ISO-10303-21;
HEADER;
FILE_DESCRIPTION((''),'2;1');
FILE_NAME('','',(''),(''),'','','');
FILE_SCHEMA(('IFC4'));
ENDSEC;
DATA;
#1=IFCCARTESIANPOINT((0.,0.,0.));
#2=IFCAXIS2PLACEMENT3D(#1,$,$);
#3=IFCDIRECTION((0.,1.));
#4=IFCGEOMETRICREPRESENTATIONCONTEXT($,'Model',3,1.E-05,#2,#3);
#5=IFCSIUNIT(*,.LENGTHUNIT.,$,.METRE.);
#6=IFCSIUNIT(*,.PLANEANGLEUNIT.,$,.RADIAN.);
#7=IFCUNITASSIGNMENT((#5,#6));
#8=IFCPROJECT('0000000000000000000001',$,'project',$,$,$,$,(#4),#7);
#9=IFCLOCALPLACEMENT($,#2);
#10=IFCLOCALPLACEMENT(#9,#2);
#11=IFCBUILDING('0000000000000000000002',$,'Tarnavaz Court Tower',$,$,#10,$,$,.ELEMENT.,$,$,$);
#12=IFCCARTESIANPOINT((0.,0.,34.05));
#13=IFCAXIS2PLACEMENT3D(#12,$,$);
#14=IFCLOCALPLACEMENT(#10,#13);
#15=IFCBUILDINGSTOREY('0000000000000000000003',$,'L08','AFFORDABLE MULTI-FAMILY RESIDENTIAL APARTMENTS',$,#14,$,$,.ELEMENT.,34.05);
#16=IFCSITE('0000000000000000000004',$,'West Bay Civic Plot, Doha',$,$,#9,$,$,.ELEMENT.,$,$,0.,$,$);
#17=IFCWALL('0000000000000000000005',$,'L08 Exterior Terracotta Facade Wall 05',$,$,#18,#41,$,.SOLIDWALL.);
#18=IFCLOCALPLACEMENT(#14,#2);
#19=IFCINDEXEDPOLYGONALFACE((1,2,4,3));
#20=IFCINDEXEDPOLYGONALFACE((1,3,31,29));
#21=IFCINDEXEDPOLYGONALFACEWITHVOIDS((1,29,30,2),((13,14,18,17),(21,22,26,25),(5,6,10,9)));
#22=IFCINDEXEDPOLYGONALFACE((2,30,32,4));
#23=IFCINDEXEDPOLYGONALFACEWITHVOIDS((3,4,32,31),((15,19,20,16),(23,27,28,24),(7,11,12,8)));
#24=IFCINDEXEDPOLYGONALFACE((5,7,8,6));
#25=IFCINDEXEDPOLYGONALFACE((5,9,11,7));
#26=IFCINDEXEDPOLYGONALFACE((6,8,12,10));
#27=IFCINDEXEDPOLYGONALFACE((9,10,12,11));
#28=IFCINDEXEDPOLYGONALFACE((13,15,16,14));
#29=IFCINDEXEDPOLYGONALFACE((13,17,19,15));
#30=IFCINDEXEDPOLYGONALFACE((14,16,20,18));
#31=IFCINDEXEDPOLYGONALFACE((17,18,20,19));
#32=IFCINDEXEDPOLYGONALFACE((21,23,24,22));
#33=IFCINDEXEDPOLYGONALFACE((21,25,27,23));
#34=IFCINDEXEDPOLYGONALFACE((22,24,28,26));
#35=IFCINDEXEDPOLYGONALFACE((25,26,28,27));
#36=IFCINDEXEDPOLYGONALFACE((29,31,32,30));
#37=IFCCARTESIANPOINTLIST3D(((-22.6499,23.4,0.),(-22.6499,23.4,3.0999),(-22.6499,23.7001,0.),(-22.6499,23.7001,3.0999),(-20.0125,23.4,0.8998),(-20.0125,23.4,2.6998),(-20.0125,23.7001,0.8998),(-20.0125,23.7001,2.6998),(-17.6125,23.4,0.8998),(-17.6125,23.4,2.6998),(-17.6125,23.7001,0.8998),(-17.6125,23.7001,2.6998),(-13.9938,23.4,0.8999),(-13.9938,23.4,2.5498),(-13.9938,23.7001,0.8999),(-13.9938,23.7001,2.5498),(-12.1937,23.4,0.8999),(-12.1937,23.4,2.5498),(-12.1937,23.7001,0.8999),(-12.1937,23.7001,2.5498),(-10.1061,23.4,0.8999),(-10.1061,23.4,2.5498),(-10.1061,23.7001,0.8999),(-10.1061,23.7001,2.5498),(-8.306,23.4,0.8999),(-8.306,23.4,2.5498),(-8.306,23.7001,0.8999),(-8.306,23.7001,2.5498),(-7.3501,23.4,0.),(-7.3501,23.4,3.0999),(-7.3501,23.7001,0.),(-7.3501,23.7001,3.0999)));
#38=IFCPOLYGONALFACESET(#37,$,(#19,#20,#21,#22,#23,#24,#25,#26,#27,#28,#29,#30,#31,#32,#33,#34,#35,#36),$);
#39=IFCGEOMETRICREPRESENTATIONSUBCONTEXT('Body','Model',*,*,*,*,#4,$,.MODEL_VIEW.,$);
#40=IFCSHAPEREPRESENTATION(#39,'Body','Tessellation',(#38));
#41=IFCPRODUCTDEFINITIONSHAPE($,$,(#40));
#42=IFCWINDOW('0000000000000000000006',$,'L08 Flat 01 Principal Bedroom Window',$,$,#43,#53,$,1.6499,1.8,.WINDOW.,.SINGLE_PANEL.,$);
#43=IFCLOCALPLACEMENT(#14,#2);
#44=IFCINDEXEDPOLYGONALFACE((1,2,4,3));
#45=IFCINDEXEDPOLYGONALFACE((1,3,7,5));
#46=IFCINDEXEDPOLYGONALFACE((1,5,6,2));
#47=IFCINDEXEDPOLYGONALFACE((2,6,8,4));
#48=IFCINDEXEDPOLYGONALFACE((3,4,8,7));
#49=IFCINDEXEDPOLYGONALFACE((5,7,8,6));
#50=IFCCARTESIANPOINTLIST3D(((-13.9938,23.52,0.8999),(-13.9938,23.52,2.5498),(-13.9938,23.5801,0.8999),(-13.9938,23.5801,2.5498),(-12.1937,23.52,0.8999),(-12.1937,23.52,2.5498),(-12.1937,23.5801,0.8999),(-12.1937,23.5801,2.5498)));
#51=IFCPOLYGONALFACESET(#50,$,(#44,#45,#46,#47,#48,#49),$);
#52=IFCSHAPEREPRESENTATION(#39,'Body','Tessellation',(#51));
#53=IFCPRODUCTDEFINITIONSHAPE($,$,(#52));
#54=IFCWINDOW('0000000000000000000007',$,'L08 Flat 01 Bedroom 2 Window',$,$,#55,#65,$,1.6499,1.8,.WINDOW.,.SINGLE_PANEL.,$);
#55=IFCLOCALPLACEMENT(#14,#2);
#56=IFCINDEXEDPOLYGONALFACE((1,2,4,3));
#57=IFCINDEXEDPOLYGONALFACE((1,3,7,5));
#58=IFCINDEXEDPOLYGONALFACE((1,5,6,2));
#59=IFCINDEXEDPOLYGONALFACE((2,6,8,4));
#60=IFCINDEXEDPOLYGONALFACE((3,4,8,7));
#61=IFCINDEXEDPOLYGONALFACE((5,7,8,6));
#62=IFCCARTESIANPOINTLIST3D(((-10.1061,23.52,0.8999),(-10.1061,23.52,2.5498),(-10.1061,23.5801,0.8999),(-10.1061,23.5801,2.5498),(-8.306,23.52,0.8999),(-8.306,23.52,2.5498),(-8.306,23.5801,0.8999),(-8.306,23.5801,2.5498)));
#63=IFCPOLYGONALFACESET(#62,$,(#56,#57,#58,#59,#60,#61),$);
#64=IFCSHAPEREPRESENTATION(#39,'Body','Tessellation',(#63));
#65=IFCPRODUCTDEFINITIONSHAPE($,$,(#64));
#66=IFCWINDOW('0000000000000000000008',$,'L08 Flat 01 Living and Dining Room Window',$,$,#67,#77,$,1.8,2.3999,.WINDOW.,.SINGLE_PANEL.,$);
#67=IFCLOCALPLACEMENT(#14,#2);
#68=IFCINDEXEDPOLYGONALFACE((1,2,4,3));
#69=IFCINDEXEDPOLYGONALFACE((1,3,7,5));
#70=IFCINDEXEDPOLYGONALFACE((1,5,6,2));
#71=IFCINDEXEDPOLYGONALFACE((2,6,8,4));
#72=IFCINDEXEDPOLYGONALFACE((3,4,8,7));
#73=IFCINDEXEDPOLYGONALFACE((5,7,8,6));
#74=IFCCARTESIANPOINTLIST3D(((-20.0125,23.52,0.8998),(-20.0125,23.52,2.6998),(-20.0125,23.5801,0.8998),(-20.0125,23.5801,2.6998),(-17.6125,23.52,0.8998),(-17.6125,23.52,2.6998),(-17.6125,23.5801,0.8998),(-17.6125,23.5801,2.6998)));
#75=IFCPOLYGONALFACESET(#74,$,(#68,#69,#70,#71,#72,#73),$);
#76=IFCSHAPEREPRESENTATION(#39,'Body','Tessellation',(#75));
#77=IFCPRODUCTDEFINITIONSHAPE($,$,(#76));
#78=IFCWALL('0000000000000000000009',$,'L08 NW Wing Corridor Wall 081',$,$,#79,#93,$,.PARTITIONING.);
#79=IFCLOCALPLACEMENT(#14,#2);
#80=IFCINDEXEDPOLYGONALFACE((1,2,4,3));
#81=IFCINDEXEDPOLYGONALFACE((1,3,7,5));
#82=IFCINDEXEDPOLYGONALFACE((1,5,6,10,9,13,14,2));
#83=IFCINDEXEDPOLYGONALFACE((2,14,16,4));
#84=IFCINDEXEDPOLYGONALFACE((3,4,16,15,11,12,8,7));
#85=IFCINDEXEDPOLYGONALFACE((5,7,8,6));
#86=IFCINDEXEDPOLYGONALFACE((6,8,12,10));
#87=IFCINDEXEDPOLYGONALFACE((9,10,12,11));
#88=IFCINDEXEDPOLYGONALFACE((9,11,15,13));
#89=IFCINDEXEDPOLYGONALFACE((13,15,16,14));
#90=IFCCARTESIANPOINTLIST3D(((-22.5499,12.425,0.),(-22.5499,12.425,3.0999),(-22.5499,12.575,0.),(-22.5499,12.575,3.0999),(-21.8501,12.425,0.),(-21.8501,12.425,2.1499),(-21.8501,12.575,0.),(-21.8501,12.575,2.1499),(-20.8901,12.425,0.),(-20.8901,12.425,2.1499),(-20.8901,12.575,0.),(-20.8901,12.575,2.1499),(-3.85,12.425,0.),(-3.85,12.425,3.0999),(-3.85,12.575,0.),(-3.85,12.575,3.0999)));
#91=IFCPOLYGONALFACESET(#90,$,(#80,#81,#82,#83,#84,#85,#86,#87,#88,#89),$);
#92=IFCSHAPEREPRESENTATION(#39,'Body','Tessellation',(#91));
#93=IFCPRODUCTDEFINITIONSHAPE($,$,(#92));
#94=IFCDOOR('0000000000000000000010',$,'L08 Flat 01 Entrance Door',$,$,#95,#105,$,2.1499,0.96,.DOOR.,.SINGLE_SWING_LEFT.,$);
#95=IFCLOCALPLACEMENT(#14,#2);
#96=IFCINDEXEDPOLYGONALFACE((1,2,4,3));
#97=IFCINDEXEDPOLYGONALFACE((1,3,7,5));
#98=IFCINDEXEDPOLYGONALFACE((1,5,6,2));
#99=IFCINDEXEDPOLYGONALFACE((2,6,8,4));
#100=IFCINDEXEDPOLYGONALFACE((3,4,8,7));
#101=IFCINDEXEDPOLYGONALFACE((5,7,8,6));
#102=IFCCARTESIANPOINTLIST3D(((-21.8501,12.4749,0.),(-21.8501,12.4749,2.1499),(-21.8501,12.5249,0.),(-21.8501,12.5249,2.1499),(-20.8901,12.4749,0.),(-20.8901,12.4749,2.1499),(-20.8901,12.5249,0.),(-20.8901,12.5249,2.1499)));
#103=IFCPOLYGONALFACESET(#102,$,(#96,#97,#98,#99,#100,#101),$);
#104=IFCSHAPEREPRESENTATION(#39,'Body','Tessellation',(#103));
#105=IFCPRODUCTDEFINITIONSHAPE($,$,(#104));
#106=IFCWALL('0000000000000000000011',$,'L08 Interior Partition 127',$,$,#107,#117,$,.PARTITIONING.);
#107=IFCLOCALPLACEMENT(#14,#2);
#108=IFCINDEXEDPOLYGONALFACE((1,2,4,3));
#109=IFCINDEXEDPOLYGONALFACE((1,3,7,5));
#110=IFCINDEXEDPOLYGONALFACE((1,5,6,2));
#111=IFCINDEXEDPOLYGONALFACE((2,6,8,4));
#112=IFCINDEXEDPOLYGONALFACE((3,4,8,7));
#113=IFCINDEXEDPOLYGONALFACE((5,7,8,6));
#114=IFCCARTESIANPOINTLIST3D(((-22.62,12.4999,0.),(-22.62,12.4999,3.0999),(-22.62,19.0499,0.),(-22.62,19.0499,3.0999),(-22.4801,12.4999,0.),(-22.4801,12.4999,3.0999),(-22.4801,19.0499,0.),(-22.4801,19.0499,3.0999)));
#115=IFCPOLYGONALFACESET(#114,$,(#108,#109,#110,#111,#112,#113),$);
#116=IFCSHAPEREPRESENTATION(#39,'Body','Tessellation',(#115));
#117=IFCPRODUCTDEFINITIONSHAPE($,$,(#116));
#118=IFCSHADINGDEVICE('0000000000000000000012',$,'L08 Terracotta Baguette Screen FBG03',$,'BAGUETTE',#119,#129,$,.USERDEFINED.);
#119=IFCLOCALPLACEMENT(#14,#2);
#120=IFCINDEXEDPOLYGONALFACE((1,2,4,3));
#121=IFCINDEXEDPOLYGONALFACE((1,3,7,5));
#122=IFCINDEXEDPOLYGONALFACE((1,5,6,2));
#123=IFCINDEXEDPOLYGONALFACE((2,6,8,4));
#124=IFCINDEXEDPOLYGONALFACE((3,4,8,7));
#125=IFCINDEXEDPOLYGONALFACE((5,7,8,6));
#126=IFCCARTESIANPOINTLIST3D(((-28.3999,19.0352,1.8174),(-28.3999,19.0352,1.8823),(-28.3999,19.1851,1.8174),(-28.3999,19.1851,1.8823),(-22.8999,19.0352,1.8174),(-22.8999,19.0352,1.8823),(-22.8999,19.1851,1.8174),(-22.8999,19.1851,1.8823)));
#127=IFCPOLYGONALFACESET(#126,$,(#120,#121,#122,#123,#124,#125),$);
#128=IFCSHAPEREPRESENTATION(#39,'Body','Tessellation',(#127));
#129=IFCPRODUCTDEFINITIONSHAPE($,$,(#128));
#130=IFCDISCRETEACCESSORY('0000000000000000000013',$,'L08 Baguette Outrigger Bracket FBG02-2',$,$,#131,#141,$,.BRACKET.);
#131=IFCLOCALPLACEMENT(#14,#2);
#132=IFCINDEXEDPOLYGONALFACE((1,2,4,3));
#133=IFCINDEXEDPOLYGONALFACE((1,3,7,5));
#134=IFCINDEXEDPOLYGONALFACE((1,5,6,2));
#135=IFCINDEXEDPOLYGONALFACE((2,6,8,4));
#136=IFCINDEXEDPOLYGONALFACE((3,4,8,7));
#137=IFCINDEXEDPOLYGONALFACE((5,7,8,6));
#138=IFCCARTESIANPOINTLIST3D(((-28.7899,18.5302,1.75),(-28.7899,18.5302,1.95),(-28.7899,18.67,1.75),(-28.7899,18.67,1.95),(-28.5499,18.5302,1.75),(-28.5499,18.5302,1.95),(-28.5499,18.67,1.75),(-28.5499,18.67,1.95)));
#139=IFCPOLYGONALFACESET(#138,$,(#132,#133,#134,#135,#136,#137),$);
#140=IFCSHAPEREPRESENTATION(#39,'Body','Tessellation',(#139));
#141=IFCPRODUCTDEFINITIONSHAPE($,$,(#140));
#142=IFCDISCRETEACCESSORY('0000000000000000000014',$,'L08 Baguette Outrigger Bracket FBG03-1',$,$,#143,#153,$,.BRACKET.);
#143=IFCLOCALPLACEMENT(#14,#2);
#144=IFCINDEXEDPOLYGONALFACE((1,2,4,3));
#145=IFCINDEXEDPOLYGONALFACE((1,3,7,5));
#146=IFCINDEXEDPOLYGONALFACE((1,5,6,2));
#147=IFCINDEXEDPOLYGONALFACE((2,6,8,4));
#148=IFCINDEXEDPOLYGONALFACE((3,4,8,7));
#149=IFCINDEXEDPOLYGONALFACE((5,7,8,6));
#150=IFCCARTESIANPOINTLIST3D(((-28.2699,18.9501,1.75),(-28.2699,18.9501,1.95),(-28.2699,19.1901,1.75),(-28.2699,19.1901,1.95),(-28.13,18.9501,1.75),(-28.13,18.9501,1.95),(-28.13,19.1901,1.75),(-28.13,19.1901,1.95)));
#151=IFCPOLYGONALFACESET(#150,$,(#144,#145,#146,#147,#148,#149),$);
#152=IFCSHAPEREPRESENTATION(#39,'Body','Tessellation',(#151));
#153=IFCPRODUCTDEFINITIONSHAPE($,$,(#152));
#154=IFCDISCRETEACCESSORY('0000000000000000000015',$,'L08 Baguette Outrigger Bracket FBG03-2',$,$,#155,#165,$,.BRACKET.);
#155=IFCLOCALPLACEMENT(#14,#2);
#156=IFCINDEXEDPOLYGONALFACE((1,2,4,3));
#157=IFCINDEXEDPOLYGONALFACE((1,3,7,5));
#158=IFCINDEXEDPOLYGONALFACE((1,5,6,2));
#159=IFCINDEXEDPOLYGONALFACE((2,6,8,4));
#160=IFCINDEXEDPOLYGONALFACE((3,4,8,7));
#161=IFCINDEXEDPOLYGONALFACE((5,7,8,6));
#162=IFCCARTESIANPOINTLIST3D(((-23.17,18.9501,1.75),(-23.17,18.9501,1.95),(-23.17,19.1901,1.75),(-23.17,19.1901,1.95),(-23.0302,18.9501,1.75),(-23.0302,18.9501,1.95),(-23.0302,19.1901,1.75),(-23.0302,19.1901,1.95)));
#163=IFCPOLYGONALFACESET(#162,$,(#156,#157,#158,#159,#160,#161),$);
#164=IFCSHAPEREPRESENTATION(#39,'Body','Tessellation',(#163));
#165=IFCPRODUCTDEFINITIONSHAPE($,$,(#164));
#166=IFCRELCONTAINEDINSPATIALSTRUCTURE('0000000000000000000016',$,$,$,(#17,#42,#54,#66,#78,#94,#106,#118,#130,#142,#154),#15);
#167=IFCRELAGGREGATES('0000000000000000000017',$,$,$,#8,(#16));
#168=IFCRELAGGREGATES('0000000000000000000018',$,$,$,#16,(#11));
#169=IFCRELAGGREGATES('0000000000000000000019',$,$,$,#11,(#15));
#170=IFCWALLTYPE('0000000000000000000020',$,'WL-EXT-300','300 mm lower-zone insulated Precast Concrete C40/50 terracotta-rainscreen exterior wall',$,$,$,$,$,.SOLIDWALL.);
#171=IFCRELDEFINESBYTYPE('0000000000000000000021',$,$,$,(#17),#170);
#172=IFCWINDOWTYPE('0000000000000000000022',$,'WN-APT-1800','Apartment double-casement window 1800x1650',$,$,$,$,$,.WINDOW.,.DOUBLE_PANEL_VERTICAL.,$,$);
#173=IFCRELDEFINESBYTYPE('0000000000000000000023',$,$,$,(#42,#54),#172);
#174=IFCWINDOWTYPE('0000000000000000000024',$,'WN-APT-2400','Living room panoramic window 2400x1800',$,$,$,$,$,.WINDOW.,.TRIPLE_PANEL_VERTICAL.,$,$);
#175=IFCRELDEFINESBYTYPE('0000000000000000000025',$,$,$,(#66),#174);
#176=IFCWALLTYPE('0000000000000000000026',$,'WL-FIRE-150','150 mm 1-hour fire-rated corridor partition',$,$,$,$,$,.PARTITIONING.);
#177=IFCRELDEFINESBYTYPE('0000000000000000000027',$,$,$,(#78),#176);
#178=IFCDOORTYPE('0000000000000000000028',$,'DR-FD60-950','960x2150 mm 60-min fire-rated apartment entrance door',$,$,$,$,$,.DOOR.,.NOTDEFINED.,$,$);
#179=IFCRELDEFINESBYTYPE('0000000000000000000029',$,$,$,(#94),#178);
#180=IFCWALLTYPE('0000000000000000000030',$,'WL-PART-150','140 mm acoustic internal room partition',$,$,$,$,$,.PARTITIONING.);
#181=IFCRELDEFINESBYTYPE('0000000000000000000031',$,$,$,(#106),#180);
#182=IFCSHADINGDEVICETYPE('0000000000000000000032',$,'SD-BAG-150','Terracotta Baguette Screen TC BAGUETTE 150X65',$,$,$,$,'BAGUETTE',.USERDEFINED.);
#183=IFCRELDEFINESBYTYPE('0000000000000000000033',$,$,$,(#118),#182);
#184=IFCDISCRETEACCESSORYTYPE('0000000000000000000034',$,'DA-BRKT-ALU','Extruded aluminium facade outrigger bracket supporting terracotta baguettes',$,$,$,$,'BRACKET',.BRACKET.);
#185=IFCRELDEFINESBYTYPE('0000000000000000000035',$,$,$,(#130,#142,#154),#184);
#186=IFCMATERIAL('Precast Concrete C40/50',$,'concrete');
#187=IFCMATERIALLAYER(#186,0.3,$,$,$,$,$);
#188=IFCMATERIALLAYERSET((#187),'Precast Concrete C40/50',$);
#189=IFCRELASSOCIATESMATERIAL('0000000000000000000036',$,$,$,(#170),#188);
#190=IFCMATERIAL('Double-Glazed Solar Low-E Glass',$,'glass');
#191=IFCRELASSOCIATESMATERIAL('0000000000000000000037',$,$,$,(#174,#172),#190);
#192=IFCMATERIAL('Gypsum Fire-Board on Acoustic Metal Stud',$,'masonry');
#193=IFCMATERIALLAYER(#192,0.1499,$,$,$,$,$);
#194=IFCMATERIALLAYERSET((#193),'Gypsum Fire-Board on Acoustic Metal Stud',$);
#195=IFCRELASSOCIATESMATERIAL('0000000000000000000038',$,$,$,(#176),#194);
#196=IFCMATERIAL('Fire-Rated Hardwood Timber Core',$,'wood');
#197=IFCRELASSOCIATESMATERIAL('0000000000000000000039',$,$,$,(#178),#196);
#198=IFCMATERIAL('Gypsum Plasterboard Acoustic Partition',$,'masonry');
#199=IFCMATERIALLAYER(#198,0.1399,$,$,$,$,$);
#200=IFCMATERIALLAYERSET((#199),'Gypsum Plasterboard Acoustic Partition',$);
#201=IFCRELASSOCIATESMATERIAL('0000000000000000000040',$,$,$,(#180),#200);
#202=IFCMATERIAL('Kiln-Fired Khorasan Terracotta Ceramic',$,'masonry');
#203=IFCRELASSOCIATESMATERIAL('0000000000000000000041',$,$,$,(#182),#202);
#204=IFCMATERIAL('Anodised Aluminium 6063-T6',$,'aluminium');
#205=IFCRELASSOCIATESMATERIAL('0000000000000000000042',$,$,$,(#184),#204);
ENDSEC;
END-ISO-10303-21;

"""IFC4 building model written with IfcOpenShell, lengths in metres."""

from ifc_helpers import new_model, si_unit, direction, frame, frame_2d, origin, origin_2d, place, context, subcontext, project, spatial, rectangle, extrude, material, layer, layer_set, material_profile, profile_set, type_object, element, fill, save


model = new_model("IFC4")

# Units and contexts
model_context = context("Model", 3, precision=1e-05, world=origin(), true_north=direction((0.0, 1.0)))
body_context = subcontext(model_context, "Body", "Model", "MODEL_VIEW")
ifc_project = project(units=[si_unit("LENGTHUNIT", "METRE"), si_unit("PLANEANGLEUNIT", "RADIAN")], contexts=[model_context])

# Site, building, storey
site_placement = place(None, origin())
site = spatial("IfcSite", under=ifc_project, at=site_placement, Name="West Bay Civic Plot, Doha", CompositionType="ELEMENT", RefElevation=0.0)
building_placement = place(site_placement, origin())
building = spatial("IfcBuilding", under=site, at=building_placement, Name="Tarnavaz Court Tower", CompositionType="ELEMENT")
storey_placement = place(building_placement, frame((0.0, 0.0, 34.05)))
storey = spatial("IfcBuildingStorey", under=building, at=storey_placement, Name="L08", Description="AFFORDABLE MULTI-FAMILY RESIDENTIAL APARTMENTS", CompositionType="ELEMENT", Elevation=34.05)

# Shared definitions
ifc_material_1 = material(Name="Precast Concrete C40/50", Category="concrete")
ifc_layer_1 = layer(ifc_material_1, 0.3)
ifc_layer_set_1 = layer_set([ifc_layer_1], Name="Precast Concrete C40/50")
wall_type_1 = type_object("IfcWallType", Name="WL-EXT-300", Description="300 mm lower-zone insulated Precast Concrete C40/50 terracotta-rainscreen exterior wall", PredefinedType="SOLIDWALL", material=ifc_layer_set_1)
ifc_material_2 = material(Name="Double-Glazed Solar Low-E Glass", Category="glass")
window_type_1 = type_object("IfcWindowType", Name="WN-APT-2400", Description="Living room panoramic window 2400x1800", PartitioningType="TRIPLE_PANEL_VERTICAL", PredefinedType="WINDOW", material=ifc_material_2)

# Wall, openings, windows
wall_1_placement = place(storey_placement, frame((-22.6499, 23.55, 0.0), z_axis=(0.0, 0.0, 1.0), x_axis=(1.0, 0.0, 0.0)))
wall_1 = element("IfcWall", 1, at=wall_1_placement, inside=storey, type_object=wall_type_1, Name="L08 Exterior Terracotta Facade Wall 05", PredefinedType="SOLIDWALL", context=body_context, shape_type="SweptSolid", body=[
    extrude(rectangle(XDim=15.2998, YDim=0.3, at=frame_2d((7.6499, 0.0))), origin(), (0.0, 0.0, 1.0), 3.0999),
])
opening_1_placement = place(wall_1_placement, frame((2.6375, 0.0, 0.8999)))
opening_1 = element("IfcOpeningElement", 2, at=opening_1_placement, cuts=wall_1, PredefinedType="OPENING", context=body_context, shape_type="SweptSolid", body=[
    extrude(rectangle(XDim=2.3999, YDim=1.8, at=frame_2d((1.2, 0.8999))), frame((0.0, 0.1599, 0.0), z_axis=(0.0, -1.0, 0.0), x_axis=(1.0, 0.0, 0.0)), (0.0, 0.0, 1.0), 0.3201),
])
opening_2_placement = place(wall_1_placement, frame((8.6562, 0.0, 0.8999)))
opening_2 = element("IfcOpeningElement", 3, at=opening_2_placement, cuts=wall_1, PredefinedType="OPENING", context=body_context, shape_type="SweptSolid", body=[
    extrude(rectangle(XDim=1.8, YDim=1.6499, at=frame_2d((0.8999, 0.825))), frame((0.0, 0.1599, 0.0), z_axis=(0.0, -1.0, 0.0), x_axis=(1.0, 0.0, 0.0)), (0.0, 0.0, 1.0), 0.3201),
])
opening_3_placement = place(wall_1_placement, frame((12.5439, 0.0, 0.8999)))
opening_3 = element("IfcOpeningElement", 4, at=opening_3_placement, cuts=wall_1, PredefinedType="OPENING", context=body_context, shape_type="SweptSolid", body=[
    extrude(rectangle(XDim=1.8, YDim=1.6499, at=frame_2d((0.8999, 0.825))), frame((0.0, 0.1599, 0.0), z_axis=(0.0, -1.0, 0.0), x_axis=(1.0, 0.0, 0.0)), (0.0, 0.0, 1.0), 0.3201),
])
window_type_2 = type_object("IfcWindowType", Name="WN-APT-1800", Description="Apartment double-casement window 1800x1650", PartitioningType="DOUBLE_PANEL_VERTICAL", PredefinedType="WINDOW", material=ifc_material_2)
window_1_placement = place(opening_2_placement, origin())
window_1 = element("IfcWindow", 5, at=window_1_placement, inside=storey, type_object=window_type_2, Name="L08 Flat 01 Principal Bedroom Window", OverallHeight=1.6499, OverallWidth=1.8, PartitioningType="SINGLE_PANEL", PredefinedType="WINDOW", context=body_context, shape_type="SweptSolid", body=[
    extrude(rectangle(XDim=1.8, YDim=1.6499, at=frame_2d((0.8999, 0.825))), frame((0.0, 0.03, 0.0), z_axis=(0.0, -1.0, 0.0), x_axis=(1.0, 0.0, 0.0)), (0.0, 0.0, 1.0), 0.0601),
])
fill(opening_2, window_1)
window_2_placement = place(opening_3_placement, origin())
window_2 = element("IfcWindow", 6, at=window_2_placement, inside=storey, type_object=window_type_2, Name="L08 Flat 01 Bedroom 2 Window", OverallHeight=1.6499, OverallWidth=1.8, PartitioningType="SINGLE_PANEL", PredefinedType="WINDOW", context=body_context, shape_type="SweptSolid", body=[
    extrude(rectangle(XDim=1.8, YDim=1.6499, at=frame_2d((0.8999, 0.825))), frame((0.0, 0.03, 0.0), z_axis=(0.0, -1.0, 0.0), x_axis=(1.0, 0.0, 0.0)), (0.0, 0.0, 1.0), 0.0601),
])
fill(opening_3, window_2)
window_3_placement = place(opening_1_placement, origin())
window_3 = element("IfcWindow", 7, at=window_3_placement, inside=storey, type_object=window_type_1, Name="L08 Flat 01 Living and Dining Room Window", OverallHeight=1.8, OverallWidth=2.3999, PartitioningType="SINGLE_PANEL", PredefinedType="WINDOW", context=body_context, shape_type="SweptSolid", body=[
    extrude(rectangle(XDim=2.3999, YDim=1.8, at=frame_2d((1.2, 0.8999))), frame((0.0, 0.03, 0.0), z_axis=(0.0, -1.0, 0.0), x_axis=(1.0, 0.0, 0.0)), (0.0, 0.0, 1.0), 0.0601),
])
fill(opening_1, window_3)

# Wall, opening, door
ifc_material_3 = material(Name="Gypsum Fire-Board on Acoustic Metal Stud", Category="masonry")
ifc_layer_2 = layer(ifc_material_3, 0.1499)
ifc_layer_set_2 = layer_set([ifc_layer_2], Name="Gypsum Fire-Board on Acoustic Metal Stud")
wall_type_2 = type_object("IfcWallType", Name="WL-FIRE-150", Description="150 mm 1-hour fire-rated corridor partition", PredefinedType="PARTITIONING", material=ifc_layer_set_2)
wall_2_placement = place(storey_placement, frame((-22.55, 12.5, 0.0), z_axis=(0.0, 0.0, 1.0), x_axis=(1.0, 0.0, 0.0)))
wall_2 = element("IfcWall", 8, at=wall_2_placement, inside=storey, type_object=wall_type_2, Name="L08 NW Wing Corridor Wall 081", PredefinedType="PARTITIONING", context=body_context, shape_type="SweptSolid", body=[
    extrude(rectangle(XDim=18.7, YDim=0.1499, at=frame_2d((9.3501, 0.0))), origin(), (0.0, 0.0, 1.0), 3.0999),
])
opening_4_placement = place(wall_2_placement, frame((0.7, 0.0, 0.0)))
opening_4 = element("IfcOpeningElement", 9, at=opening_4_placement, cuts=wall_2, PredefinedType="OPENING", context=body_context, shape_type="SweptSolid", body=[
    extrude(rectangle(XDim=0.96, YDim=2.1499, at=frame_2d((0.48, 1.075))), frame((0.0, 0.085, 0.0), z_axis=(0.0, -1.0, 0.0), x_axis=(1.0, 0.0, 0.0)), (0.0, 0.0, 1.0), 0.1699),
])
ifc_material_4 = material(Name="Fire-Rated Hardwood Timber Core", Category="wood")
door_type = type_object("IfcDoorType", Name="DR-FD60-950", Description="960x2150 mm 60-min fire-rated apartment entrance door", OperationType="NOTDEFINED", PredefinedType="DOOR", material=ifc_material_4)
door_placement = place(opening_4_placement, origin())
door = element("IfcDoor", 10, at=door_placement, inside=storey, type_object=door_type, Name="L08 Flat 01 Entrance Door", OperationType="SINGLE_SWING_LEFT", OverallHeight=2.1499, OverallWidth=0.96, PredefinedType="DOOR", context=body_context, shape_type="SweptSolid", body=[
    extrude(rectangle(XDim=0.96, YDim=2.1499, at=frame_2d((0.48, 1.075))), frame((0.0, 0.0249, 0.0), z_axis=(0.0, -1.0, 0.0), x_axis=(1.0, 0.0, 0.0)), (0.0, 0.0, 1.0), 0.05),
])
fill(opening_4, door)

# Wall
ifc_material_5 = material(Name="Gypsum Plasterboard Acoustic Partition", Category="masonry")
ifc_layer_3 = layer(ifc_material_5, 0.1399)
ifc_layer_set_3 = layer_set([ifc_layer_3], Name="Gypsum Plasterboard Acoustic Partition")
wall_type_3 = type_object("IfcWallType", Name="WL-PART-150", Description="140 mm acoustic internal room partition", PredefinedType="PARTITIONING", material=ifc_layer_set_3)
wall_3_placement = place(storey_placement, frame((-22.55, 12.5, 0.0), z_axis=(0.0, 0.0, 1.0), x_axis=(0.0, 1.0, 0.0)))
element("IfcWall", 11, at=wall_3_placement, inside=storey, type_object=wall_type_3, Name="L08 Interior Partition 127", PredefinedType="PARTITIONING", context=body_context, shape_type="SweptSolid", body=[
    extrude(rectangle(XDim=6.55, YDim=0.1399, at=frame_2d((3.2749, 0.0))), origin(), (0.0, 0.0, 1.0), 3.0999),
])

# Shading device
ifc_material_6 = material(Name="Kiln-Fired Khorasan Terracotta Ceramic", Category="masonry")
ifc_material_profile_1 = material_profile(ifc_material_6, rectangle(XDim=0.1499, YDim=0.0649, at=origin_2d()), Name="TC BAGUETTE 150X65")
ifc_profile_set_1 = profile_set([ifc_material_profile_1], Name="Kiln-Fired Khorasan Terracotta Ceramic")
shading_device_type = type_object("IfcShadingDeviceType", Name="SD-BAG-150", Description="Terracotta Baguette Screen TC BAGUETTE 150X65", ElementType="BAGUETTE", PredefinedType="USERDEFINED", material=ifc_profile_set_1)
shading_device_placement = place(storey_placement, frame((-28.3999, 19.1101, 1.8499), z_axis=(1.0, 0.0, 0.0), x_axis=(0.0, 1.0, 0.0)))
element("IfcShadingDevice", 12, at=shading_device_placement, inside=storey, type_object=shading_device_type, Name="L08 Terracotta Baguette Screen FBG03", ObjectType="BAGUETTE", PredefinedType="USERDEFINED", context=body_context, shape_type="SweptSolid", body=[
    extrude(rectangle(XDim=0.1499, YDim=0.0649, at=origin_2d()), origin(), (0.0, 0.0, 1.0), 5.5),
])

# Discrete accessories
ifc_material_7 = material(Name="Anodised Aluminium 6063-T6", Category="aluminium")
discrete_accessory_type = type_object("IfcDiscreteAccessoryType", Name="DA-BRKT-ALU", Description="Extruded aluminium facade outrigger bracket supporting terracotta baguettes", ElementType="BRACKET", PredefinedType="BRACKET", material=ifc_material_7)
for number, where, z_axis, x_axis, name in (
    (13, (-28.6699, 18.6001, 1.75), (0.0, 0.0, 1.0), (0.0, 1.0, 0.0), "L08 Baguette Outrigger Bracket FBG02-2"),
    (14, (-28.2, 19.0701, 1.75), (0.0, 0.0, 1.0), (1.0, 0.0, 0.0), "L08 Baguette Outrigger Bracket FBG03-1"),
    (15, (-23.1001, 19.0701, 1.75), (0.0, 0.0, 1.0), (1.0, 0.0, 0.0), "L08 Baguette Outrigger Bracket FBG03-2"),
):
    element("IfcDiscreteAccessory", number, at=place(storey_placement, frame(where, z_axis=z_axis, x_axis=x_axis)), inside=storey, type_object=discrete_accessory_type, Name=name, PredefinedType="BRACKET", context=body_context, shape_type="SweptSolid", body=[
        extrude(rectangle(XDim=0.1399, YDim=0.24, at=origin_2d()), origin(), (0.0, 0.0, 1.0), 0.2),
    ])

save(model, "model.ifc")
